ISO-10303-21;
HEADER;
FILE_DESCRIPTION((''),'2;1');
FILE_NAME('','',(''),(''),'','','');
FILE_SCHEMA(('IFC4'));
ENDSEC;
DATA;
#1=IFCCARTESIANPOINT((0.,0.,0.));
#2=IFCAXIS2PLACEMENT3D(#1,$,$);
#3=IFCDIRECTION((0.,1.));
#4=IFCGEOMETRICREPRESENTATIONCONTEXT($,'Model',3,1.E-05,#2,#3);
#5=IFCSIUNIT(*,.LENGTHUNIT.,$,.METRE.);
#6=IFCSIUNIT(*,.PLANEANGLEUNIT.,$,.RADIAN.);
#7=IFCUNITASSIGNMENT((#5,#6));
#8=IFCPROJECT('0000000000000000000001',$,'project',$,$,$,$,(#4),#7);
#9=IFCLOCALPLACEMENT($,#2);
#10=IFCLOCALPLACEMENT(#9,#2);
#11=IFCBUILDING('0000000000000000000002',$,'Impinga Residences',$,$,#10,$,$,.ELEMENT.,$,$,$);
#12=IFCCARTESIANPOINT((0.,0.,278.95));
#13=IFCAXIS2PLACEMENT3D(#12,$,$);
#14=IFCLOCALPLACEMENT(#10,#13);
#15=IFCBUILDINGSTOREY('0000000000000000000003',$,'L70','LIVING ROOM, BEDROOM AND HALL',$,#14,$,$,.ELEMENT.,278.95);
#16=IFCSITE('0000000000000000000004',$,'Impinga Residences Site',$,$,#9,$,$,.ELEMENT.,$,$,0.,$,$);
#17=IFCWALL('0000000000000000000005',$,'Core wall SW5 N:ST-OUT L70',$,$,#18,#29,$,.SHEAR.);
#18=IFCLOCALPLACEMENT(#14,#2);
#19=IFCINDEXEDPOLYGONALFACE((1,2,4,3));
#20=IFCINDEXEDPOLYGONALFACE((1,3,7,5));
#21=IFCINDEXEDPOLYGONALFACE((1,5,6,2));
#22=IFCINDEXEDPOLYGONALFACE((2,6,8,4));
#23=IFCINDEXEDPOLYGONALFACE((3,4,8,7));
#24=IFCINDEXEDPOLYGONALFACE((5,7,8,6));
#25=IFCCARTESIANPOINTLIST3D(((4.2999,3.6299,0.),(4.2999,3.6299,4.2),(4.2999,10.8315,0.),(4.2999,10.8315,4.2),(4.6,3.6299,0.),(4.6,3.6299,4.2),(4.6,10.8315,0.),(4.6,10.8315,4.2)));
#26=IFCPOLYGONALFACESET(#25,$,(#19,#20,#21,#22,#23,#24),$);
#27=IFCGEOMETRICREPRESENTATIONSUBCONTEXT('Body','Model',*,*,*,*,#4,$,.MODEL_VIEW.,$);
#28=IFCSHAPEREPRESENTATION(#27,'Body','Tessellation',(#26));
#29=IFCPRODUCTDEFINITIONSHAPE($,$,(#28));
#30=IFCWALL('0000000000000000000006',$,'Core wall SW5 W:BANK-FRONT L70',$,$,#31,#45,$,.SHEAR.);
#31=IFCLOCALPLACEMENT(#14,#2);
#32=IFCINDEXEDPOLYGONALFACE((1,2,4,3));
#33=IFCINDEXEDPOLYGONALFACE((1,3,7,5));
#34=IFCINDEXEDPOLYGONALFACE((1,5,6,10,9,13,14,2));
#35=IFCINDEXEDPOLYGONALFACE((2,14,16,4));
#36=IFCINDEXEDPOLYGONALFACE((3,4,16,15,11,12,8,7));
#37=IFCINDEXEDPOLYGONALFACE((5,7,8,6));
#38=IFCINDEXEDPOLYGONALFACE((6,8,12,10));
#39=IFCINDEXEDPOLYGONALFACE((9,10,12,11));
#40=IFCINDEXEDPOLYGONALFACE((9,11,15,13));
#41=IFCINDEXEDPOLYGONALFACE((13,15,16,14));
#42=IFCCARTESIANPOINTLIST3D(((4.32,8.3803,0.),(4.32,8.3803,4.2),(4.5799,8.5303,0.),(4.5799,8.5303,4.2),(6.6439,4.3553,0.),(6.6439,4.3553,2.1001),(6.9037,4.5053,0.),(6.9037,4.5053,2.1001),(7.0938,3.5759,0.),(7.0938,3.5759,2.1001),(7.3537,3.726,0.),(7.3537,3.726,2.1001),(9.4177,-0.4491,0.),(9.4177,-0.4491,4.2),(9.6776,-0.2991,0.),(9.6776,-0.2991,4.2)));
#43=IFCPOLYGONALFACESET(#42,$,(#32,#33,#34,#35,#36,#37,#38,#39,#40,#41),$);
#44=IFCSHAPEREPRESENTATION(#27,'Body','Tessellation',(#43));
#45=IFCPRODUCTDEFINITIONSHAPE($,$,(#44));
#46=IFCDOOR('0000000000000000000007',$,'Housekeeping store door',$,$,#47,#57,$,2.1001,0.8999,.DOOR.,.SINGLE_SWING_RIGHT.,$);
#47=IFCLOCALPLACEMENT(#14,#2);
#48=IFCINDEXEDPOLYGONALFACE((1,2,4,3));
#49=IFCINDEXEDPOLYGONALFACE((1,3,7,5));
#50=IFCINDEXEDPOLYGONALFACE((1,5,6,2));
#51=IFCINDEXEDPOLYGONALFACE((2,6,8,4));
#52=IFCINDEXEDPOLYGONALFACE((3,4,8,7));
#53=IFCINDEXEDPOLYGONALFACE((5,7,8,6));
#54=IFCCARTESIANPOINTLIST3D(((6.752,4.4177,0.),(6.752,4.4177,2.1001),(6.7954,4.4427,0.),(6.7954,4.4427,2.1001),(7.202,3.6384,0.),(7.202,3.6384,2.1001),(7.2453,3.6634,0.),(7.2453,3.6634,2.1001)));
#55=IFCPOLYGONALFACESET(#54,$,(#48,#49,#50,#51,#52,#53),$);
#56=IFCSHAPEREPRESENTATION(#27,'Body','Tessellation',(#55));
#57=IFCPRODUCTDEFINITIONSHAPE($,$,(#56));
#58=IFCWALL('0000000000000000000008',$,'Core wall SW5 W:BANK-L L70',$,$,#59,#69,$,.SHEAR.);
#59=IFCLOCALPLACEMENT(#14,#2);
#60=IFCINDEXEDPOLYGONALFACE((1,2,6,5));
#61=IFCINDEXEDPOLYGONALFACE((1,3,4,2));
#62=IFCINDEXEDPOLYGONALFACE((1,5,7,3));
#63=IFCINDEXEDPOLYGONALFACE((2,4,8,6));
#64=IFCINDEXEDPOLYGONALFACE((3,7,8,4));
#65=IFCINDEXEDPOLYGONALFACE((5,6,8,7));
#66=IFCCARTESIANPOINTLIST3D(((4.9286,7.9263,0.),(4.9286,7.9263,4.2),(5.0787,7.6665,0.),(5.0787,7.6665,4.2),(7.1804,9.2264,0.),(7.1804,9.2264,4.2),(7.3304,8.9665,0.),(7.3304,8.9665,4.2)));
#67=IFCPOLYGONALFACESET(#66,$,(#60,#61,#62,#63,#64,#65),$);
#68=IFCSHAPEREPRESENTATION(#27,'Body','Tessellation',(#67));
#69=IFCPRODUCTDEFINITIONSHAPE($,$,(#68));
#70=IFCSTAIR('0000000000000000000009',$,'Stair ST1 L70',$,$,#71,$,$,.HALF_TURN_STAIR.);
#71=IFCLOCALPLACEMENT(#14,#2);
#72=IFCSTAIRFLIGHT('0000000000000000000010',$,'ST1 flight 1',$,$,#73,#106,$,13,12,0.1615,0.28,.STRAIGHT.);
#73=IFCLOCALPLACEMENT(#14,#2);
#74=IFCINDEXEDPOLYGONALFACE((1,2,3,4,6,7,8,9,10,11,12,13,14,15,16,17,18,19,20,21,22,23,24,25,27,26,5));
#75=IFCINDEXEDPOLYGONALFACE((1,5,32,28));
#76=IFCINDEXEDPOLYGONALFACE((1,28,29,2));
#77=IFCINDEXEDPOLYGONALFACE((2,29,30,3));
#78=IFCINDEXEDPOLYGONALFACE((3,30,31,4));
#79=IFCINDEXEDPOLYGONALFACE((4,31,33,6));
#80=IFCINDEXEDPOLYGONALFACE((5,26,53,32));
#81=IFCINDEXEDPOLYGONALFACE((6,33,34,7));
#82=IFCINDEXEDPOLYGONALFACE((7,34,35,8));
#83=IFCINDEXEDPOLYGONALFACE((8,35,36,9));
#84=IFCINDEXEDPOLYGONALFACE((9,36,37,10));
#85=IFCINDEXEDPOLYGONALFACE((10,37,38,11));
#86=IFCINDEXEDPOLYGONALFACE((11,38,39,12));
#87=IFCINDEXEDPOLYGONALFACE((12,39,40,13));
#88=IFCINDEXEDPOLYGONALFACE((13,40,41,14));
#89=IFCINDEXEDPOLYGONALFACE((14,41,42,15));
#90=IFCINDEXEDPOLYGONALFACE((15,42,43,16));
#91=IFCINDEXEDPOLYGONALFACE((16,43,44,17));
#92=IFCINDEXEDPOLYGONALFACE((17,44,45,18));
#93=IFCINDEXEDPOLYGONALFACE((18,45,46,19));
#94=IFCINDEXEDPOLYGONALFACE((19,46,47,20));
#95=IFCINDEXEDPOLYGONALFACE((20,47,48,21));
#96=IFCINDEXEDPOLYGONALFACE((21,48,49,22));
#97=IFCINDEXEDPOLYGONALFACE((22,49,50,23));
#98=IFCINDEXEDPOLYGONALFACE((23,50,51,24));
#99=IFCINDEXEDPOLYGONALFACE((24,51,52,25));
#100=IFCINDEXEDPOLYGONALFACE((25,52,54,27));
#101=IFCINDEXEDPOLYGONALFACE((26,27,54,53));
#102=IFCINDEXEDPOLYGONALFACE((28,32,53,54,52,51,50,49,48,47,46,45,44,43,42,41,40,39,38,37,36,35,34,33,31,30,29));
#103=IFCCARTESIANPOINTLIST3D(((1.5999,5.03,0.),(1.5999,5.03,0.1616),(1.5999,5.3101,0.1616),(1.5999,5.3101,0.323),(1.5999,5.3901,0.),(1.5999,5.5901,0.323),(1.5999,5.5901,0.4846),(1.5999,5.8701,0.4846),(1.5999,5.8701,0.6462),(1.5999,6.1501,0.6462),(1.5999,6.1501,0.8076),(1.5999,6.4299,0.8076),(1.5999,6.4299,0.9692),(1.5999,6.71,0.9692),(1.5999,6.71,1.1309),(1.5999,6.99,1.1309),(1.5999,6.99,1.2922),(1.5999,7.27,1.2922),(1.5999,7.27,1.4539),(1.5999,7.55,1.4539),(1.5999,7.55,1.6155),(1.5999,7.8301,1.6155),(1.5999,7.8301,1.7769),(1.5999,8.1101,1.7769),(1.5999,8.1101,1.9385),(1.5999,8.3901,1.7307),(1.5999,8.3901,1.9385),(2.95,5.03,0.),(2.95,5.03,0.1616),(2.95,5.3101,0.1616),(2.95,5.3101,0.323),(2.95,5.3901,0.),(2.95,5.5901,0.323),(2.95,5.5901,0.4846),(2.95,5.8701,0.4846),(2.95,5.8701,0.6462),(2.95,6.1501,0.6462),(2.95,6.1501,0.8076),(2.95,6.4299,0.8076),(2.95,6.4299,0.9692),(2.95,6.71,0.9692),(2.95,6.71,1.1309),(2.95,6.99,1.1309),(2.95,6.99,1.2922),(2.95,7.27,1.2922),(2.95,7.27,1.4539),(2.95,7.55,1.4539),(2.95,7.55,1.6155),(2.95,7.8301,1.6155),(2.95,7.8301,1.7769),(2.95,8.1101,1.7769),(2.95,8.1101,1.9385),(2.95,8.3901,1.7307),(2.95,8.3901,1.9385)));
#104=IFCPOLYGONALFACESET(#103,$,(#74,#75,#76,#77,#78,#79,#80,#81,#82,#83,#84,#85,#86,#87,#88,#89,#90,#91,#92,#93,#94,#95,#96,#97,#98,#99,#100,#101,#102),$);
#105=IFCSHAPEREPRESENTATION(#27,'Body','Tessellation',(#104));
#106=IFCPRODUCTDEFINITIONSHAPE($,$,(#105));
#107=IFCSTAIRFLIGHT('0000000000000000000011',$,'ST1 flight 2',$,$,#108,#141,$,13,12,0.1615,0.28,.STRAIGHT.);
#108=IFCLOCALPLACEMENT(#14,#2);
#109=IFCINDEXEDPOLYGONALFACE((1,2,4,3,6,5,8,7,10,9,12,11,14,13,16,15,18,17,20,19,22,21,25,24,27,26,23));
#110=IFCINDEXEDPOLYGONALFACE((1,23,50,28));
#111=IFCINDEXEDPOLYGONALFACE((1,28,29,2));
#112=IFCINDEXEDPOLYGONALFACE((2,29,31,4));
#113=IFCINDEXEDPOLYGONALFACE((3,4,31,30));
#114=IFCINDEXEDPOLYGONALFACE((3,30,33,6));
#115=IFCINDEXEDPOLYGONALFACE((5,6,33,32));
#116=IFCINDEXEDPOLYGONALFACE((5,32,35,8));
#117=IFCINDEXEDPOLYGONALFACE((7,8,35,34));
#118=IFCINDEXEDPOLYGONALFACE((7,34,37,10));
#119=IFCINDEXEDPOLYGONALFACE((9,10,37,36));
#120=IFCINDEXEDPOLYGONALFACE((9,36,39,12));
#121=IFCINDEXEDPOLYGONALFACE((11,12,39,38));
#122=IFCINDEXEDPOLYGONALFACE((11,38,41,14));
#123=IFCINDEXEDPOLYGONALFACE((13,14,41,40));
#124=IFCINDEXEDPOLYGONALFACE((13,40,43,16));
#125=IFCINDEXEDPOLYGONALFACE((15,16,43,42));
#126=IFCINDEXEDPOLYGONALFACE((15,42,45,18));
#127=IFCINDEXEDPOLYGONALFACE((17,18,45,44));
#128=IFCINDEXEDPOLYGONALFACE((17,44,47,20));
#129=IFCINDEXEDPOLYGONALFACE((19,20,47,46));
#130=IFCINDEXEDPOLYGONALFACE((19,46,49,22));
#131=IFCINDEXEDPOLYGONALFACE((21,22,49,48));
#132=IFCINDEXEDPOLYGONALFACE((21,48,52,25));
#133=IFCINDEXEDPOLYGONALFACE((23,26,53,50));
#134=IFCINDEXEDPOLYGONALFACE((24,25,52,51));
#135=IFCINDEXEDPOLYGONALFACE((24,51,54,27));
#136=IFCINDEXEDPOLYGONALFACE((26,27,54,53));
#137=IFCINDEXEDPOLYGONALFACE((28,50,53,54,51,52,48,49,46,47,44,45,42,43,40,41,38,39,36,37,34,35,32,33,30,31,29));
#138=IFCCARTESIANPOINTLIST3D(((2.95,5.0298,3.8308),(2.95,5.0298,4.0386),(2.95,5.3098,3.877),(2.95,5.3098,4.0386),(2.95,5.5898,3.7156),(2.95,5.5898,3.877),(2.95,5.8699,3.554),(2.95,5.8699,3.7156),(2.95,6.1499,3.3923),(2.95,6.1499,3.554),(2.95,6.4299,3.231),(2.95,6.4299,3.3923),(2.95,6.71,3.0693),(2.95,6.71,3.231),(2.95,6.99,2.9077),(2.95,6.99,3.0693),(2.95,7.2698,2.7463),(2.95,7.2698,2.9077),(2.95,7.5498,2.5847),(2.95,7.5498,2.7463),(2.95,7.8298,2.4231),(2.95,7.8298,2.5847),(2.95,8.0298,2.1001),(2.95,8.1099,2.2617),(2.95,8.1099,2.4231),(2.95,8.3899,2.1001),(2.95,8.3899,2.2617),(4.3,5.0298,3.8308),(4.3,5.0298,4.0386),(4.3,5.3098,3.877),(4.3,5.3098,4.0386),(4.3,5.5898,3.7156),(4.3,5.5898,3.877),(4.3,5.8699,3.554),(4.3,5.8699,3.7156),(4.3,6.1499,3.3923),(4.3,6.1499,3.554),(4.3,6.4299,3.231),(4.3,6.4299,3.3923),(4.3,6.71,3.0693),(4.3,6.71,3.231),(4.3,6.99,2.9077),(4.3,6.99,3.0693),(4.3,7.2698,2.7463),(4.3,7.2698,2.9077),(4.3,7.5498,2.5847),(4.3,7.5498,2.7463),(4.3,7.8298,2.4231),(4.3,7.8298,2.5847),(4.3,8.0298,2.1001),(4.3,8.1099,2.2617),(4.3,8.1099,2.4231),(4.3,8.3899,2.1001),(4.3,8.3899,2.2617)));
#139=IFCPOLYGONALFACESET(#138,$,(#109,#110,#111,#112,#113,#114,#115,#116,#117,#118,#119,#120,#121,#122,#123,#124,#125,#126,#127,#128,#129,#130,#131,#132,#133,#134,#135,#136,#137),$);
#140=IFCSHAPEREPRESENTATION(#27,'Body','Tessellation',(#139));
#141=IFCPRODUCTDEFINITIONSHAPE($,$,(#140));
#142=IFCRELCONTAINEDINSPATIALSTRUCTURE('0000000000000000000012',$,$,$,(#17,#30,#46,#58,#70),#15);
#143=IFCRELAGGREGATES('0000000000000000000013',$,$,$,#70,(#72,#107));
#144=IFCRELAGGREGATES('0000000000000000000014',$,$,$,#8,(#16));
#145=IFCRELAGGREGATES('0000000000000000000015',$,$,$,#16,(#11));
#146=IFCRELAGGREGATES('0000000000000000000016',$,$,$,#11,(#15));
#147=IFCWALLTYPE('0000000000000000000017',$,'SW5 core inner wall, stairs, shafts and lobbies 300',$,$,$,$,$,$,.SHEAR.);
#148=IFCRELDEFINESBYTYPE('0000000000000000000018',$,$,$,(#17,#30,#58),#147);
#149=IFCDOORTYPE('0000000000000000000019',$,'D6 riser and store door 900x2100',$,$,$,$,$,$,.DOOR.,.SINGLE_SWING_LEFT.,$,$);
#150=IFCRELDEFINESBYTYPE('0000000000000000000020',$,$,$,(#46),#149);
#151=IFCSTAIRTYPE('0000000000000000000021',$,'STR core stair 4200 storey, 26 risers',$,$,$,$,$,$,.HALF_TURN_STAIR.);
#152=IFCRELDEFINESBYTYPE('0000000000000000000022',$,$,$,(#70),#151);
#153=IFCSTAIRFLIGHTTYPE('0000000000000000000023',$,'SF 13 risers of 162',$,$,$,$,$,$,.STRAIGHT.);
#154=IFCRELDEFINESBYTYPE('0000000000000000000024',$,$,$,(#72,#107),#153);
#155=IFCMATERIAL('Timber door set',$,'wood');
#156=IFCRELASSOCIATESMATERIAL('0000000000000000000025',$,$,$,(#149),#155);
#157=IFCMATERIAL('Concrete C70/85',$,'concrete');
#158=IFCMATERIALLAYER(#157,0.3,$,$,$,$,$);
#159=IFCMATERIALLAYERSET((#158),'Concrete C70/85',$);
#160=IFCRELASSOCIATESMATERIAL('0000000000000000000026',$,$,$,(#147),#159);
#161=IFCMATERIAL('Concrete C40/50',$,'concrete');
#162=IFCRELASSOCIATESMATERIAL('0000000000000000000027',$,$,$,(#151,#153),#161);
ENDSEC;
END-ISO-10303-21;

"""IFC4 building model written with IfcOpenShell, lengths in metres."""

from ifc_helpers import new_model, si_unit, direction, frame, frame_2d, origin, place, context, subcontext, project, spatial, polyline, rectangle, outline, extrude, material, layer, layer_set, type_object, element, fill, aggregate, save


model = new_model("IFC4")

# Units and contexts
model_context = context("Model", 3, precision=1e-05, world=origin(), true_north=direction((0.0, 1.0)))
body_context = subcontext(model_context, "Body", "Model", "MODEL_VIEW")
ifc_project = project(units=[si_unit("LENGTHUNIT", "METRE"), si_unit("PLANEANGLEUNIT", "RADIAN")], contexts=[model_context])

# Site, building, storey
site_placement = place(None, origin())
site = spatial("IfcSite", under=ifc_project, at=site_placement, Name="Impinga Residences Site", CompositionType="ELEMENT", RefElevation=0.0)
building_placement = place(site_placement, origin())
building = spatial("IfcBuilding", under=site, at=building_placement, Name="Impinga Residences", CompositionType="ELEMENT")
storey_placement = place(building_placement, frame((0.0, 0.0, 278.95)))
storey = spatial("IfcBuildingStorey", under=building, at=storey_placement, Name="L70", Description="LIVING ROOM, BEDROOM AND HALL", CompositionType="ELEMENT", Elevation=278.95)

# Shared definitions
ifc_material_1 = material(Name="Timber door set", Category="wood")
door_type_1 = type_object("IfcDoorType", Name="D6 riser and store door 900x2100", OperationType="SINGLE_SWING_LEFT", PredefinedType="DOOR", material=ifc_material_1)

# Shared definitions
ifc_material_2 = material(Name="Concrete C70/85", Category="concrete")
ifc_layer_1 = layer(ifc_material_2, 0.3)
ifc_layer_set_1 = layer_set([ifc_layer_1], Name="Concrete C70/85")
wall_type_1 = type_object("IfcWallType", Name="SW5 core inner wall, stairs, shafts and lobbies 300", PredefinedType="SHEAR", material=ifc_layer_set_1)

# Wall
wall_1_placement = place(storey_placement, frame((4.45, 3.6299, 0.0), z_axis=(0.0, 0.0, 1.0), x_axis=(0.0, 1.0, 0.0)))
element("IfcWall", 1, at=wall_1_placement, inside=storey, type_object=wall_type_1, Name="Core wall SW5 N:ST-OUT L70", PredefinedType="SHEAR", context=body_context, shape_type="SweptSolid", body=[
    extrude(rectangle(XDim=7.2017, YDim=0.3, at=frame_2d((3.6008, 0.0))), origin(), (0.0, 0.0, 1.0), 4.2),
])

# Wall, opening, door
wall_2_placement = place(storey_placement, frame((4.45, 8.4553, 0.0), z_axis=(0.0, 0.0, 1.0), x_axis=(0.500002, -0.866024, 0.0)))
wall_2 = element("IfcWall", 2, at=wall_2_placement, inside=storey, type_object=wall_type_1, Name="Core wall SW5 W:BANK-FRONT L70", PredefinedType="SHEAR", context=body_context, shape_type="SweptSolid", body=[
    extrude(rectangle(XDim=10.1953, YDim=0.3, at=frame_2d((5.0977, 0.0))), origin(), (0.0, 0.0, 1.0), 4.2),
])
opening_1_placement = place(wall_2_placement, frame((4.6477, 0.0, 0.0)))
opening_1 = element("IfcOpeningElement", 3, at=opening_1_placement, cuts=wall_2, PredefinedType="OPENING", context=body_context, shape_type="SweptSolid", body=[
    extrude(rectangle(XDim=0.8999, YDim=2.1001, at=frame_2d((0.45, 1.05))), frame((0.0, 0.1599, 0.0), z_axis=(0.0, -1.0, 0.0), x_axis=(1.0, 0.0, 0.0)), (0.0, 0.0, 1.0), 0.3201),
])
door_1_placement = place(opening_1_placement, origin())
door_1 = element("IfcDoor", 4, at=door_1_placement, inside=storey, type_object=door_type_1, Name="Housekeeping store door", OperationType="SINGLE_SWING_RIGHT", OverallHeight=2.1001, OverallWidth=0.8999, PredefinedType="DOOR", context=body_context, shape_type="SweptSolid", body=[
    extrude(rectangle(XDim=0.8999, YDim=2.1001, at=frame_2d((0.45, 1.05))), frame((0.0, 0.0249, 0.0), z_axis=(0.0, -1.0, 0.0), x_axis=(1.0, 0.0, 0.0)), (0.0, 0.0, 1.0), 0.05),
])
fill(opening_1, door_1)

# Wall
wall_3_placement = place(storey_placement, frame((5.0037, 7.7964, 0.0), z_axis=(0.0, 0.0, 1.0), x_axis=(0.866021, 0.500007, 0.0)))
element("IfcWall", 5, at=wall_3_placement, inside=storey, type_object=wall_type_1, Name="Core wall SW5 W:BANK-L L70", PredefinedType="SHEAR", context=body_context, shape_type="SweptSolid", body=[
    extrude(rectangle(XDim=2.6001, YDim=0.3, at=frame_2d((1.3, 0.0))), origin(), (0.0, 0.0, 1.0), 4.2),
])

# Stair, stair flights
ifc_material_3 = material(Name="Concrete C40/50", Category="concrete")
stair_type = type_object("IfcStairType", Name="STR core stair 4200 storey, 26 risers", PredefinedType="HALF_TURN_STAIR", material=ifc_material_3)
stair_placement = place(storey_placement, origin())
stair = element("IfcStair", 6, at=stair_placement, inside=storey, type_object=stair_type, Name="Stair ST1 L70", PredefinedType="HALF_TURN_STAIR")
stair_flight_type = type_object("IfcStairFlightType", Name="SF 13 risers of 162", PredefinedType="STRAIGHT", material=ifc_material_3)
stair_flight_1_placement = place(storey_placement, frame((2.2749, 5.03, 0.0), z_axis=(0.0, 0.0, 1.0), x_axis=(0.0, 1.0, 0.0)))
stair_flight_1 = element("IfcStairFlight", 7, at=stair_flight_1_placement, type_object=stair_flight_type, Name="ST1 flight 1", NumberOfRisers=13, NumberOfTreads=12, PredefinedType="STRAIGHT", RiserHeight=0.1615, TreadLength=0.28, context=body_context, shape_type="SweptSolid", body=[
    extrude(outline(polyline([(0.0, 0.0), (0.0, 0.1616), (0.28, 0.1616), (0.28, 0.323), (0.5601, 0.323), (0.5601, 0.4846), (0.8401, 0.4846), (0.8401, 0.6462), (1.1201, 0.6462), (1.1201, 0.8076), (1.3999, 0.8076), (1.3999, 0.9692), (1.6799, 0.9692), (1.6799, 1.1309), (1.96, 1.1309), (1.96, 1.2922), (2.24, 1.2922), (2.24, 1.4539), (2.52, 1.4539), (2.52, 1.6155), (2.8, 1.6155), (2.8, 1.7769), (3.0801, 1.7769), (3.0801, 1.9385), (3.3601, 1.9385), (3.3601, 2.1001), (3.3601, 1.7307), (0.3601, 0.0), (0.0, 0.0)])), frame((0.0, 0.675, 0.0), z_axis=(0.0, -1.0, 0.0), x_axis=(1.0, 0.0, 0.0)), (0.0, 0.0, 1.0), 1.3501),
])
stair_flight_2_placement = place(storey_placement, frame((3.625, 8.3899, 2.1001), z_axis=(0.0, 0.0, 1.0), x_axis=(0.0, -1.0, 0.0)))
stair_flight_2 = element("IfcStairFlight", 8, at=stair_flight_2_placement, type_object=stair_flight_type, Name="ST1 flight 2", NumberOfRisers=13, NumberOfTreads=12, PredefinedType="STRAIGHT", RiserHeight=0.1615, TreadLength=0.28, context=body_context, shape_type="SweptSolid", body=[
    extrude(outline(polyline([(0.0, 0.0), (0.0, 0.1616), (0.28, 0.1616), (0.28, 0.323), (0.5601, 0.323), (0.5601, 0.4846), (0.8401, 0.4846), (0.8401, 0.6462), (1.1201, 0.6462), (1.1201, 0.8076), (1.3999, 0.8076), (1.3999, 0.9692), (1.6799, 0.9692), (1.6799, 1.1309), (1.96, 1.1309), (1.96, 1.2922), (2.24, 1.2922), (2.24, 1.4539), (2.52, 1.4539), (2.52, 1.6155), (2.8, 1.6155), (2.8, 1.7769), (3.0801, 1.7769), (3.0801, 1.9385), (3.3601, 1.9385), (3.3601, 2.1001), (3.3601, 1.7307), (0.3601, 0.0), (0.0, 0.0)])), frame((0.0, 0.675, 0.0), z_axis=(0.0, -1.0, 0.0), x_axis=(1.0, 0.0, 0.0)), (0.0, 0.0, 1.0), 1.3501),
])
aggregate(stair, [stair_flight_1, stair_flight_2])

save(model, "model.ifc")
